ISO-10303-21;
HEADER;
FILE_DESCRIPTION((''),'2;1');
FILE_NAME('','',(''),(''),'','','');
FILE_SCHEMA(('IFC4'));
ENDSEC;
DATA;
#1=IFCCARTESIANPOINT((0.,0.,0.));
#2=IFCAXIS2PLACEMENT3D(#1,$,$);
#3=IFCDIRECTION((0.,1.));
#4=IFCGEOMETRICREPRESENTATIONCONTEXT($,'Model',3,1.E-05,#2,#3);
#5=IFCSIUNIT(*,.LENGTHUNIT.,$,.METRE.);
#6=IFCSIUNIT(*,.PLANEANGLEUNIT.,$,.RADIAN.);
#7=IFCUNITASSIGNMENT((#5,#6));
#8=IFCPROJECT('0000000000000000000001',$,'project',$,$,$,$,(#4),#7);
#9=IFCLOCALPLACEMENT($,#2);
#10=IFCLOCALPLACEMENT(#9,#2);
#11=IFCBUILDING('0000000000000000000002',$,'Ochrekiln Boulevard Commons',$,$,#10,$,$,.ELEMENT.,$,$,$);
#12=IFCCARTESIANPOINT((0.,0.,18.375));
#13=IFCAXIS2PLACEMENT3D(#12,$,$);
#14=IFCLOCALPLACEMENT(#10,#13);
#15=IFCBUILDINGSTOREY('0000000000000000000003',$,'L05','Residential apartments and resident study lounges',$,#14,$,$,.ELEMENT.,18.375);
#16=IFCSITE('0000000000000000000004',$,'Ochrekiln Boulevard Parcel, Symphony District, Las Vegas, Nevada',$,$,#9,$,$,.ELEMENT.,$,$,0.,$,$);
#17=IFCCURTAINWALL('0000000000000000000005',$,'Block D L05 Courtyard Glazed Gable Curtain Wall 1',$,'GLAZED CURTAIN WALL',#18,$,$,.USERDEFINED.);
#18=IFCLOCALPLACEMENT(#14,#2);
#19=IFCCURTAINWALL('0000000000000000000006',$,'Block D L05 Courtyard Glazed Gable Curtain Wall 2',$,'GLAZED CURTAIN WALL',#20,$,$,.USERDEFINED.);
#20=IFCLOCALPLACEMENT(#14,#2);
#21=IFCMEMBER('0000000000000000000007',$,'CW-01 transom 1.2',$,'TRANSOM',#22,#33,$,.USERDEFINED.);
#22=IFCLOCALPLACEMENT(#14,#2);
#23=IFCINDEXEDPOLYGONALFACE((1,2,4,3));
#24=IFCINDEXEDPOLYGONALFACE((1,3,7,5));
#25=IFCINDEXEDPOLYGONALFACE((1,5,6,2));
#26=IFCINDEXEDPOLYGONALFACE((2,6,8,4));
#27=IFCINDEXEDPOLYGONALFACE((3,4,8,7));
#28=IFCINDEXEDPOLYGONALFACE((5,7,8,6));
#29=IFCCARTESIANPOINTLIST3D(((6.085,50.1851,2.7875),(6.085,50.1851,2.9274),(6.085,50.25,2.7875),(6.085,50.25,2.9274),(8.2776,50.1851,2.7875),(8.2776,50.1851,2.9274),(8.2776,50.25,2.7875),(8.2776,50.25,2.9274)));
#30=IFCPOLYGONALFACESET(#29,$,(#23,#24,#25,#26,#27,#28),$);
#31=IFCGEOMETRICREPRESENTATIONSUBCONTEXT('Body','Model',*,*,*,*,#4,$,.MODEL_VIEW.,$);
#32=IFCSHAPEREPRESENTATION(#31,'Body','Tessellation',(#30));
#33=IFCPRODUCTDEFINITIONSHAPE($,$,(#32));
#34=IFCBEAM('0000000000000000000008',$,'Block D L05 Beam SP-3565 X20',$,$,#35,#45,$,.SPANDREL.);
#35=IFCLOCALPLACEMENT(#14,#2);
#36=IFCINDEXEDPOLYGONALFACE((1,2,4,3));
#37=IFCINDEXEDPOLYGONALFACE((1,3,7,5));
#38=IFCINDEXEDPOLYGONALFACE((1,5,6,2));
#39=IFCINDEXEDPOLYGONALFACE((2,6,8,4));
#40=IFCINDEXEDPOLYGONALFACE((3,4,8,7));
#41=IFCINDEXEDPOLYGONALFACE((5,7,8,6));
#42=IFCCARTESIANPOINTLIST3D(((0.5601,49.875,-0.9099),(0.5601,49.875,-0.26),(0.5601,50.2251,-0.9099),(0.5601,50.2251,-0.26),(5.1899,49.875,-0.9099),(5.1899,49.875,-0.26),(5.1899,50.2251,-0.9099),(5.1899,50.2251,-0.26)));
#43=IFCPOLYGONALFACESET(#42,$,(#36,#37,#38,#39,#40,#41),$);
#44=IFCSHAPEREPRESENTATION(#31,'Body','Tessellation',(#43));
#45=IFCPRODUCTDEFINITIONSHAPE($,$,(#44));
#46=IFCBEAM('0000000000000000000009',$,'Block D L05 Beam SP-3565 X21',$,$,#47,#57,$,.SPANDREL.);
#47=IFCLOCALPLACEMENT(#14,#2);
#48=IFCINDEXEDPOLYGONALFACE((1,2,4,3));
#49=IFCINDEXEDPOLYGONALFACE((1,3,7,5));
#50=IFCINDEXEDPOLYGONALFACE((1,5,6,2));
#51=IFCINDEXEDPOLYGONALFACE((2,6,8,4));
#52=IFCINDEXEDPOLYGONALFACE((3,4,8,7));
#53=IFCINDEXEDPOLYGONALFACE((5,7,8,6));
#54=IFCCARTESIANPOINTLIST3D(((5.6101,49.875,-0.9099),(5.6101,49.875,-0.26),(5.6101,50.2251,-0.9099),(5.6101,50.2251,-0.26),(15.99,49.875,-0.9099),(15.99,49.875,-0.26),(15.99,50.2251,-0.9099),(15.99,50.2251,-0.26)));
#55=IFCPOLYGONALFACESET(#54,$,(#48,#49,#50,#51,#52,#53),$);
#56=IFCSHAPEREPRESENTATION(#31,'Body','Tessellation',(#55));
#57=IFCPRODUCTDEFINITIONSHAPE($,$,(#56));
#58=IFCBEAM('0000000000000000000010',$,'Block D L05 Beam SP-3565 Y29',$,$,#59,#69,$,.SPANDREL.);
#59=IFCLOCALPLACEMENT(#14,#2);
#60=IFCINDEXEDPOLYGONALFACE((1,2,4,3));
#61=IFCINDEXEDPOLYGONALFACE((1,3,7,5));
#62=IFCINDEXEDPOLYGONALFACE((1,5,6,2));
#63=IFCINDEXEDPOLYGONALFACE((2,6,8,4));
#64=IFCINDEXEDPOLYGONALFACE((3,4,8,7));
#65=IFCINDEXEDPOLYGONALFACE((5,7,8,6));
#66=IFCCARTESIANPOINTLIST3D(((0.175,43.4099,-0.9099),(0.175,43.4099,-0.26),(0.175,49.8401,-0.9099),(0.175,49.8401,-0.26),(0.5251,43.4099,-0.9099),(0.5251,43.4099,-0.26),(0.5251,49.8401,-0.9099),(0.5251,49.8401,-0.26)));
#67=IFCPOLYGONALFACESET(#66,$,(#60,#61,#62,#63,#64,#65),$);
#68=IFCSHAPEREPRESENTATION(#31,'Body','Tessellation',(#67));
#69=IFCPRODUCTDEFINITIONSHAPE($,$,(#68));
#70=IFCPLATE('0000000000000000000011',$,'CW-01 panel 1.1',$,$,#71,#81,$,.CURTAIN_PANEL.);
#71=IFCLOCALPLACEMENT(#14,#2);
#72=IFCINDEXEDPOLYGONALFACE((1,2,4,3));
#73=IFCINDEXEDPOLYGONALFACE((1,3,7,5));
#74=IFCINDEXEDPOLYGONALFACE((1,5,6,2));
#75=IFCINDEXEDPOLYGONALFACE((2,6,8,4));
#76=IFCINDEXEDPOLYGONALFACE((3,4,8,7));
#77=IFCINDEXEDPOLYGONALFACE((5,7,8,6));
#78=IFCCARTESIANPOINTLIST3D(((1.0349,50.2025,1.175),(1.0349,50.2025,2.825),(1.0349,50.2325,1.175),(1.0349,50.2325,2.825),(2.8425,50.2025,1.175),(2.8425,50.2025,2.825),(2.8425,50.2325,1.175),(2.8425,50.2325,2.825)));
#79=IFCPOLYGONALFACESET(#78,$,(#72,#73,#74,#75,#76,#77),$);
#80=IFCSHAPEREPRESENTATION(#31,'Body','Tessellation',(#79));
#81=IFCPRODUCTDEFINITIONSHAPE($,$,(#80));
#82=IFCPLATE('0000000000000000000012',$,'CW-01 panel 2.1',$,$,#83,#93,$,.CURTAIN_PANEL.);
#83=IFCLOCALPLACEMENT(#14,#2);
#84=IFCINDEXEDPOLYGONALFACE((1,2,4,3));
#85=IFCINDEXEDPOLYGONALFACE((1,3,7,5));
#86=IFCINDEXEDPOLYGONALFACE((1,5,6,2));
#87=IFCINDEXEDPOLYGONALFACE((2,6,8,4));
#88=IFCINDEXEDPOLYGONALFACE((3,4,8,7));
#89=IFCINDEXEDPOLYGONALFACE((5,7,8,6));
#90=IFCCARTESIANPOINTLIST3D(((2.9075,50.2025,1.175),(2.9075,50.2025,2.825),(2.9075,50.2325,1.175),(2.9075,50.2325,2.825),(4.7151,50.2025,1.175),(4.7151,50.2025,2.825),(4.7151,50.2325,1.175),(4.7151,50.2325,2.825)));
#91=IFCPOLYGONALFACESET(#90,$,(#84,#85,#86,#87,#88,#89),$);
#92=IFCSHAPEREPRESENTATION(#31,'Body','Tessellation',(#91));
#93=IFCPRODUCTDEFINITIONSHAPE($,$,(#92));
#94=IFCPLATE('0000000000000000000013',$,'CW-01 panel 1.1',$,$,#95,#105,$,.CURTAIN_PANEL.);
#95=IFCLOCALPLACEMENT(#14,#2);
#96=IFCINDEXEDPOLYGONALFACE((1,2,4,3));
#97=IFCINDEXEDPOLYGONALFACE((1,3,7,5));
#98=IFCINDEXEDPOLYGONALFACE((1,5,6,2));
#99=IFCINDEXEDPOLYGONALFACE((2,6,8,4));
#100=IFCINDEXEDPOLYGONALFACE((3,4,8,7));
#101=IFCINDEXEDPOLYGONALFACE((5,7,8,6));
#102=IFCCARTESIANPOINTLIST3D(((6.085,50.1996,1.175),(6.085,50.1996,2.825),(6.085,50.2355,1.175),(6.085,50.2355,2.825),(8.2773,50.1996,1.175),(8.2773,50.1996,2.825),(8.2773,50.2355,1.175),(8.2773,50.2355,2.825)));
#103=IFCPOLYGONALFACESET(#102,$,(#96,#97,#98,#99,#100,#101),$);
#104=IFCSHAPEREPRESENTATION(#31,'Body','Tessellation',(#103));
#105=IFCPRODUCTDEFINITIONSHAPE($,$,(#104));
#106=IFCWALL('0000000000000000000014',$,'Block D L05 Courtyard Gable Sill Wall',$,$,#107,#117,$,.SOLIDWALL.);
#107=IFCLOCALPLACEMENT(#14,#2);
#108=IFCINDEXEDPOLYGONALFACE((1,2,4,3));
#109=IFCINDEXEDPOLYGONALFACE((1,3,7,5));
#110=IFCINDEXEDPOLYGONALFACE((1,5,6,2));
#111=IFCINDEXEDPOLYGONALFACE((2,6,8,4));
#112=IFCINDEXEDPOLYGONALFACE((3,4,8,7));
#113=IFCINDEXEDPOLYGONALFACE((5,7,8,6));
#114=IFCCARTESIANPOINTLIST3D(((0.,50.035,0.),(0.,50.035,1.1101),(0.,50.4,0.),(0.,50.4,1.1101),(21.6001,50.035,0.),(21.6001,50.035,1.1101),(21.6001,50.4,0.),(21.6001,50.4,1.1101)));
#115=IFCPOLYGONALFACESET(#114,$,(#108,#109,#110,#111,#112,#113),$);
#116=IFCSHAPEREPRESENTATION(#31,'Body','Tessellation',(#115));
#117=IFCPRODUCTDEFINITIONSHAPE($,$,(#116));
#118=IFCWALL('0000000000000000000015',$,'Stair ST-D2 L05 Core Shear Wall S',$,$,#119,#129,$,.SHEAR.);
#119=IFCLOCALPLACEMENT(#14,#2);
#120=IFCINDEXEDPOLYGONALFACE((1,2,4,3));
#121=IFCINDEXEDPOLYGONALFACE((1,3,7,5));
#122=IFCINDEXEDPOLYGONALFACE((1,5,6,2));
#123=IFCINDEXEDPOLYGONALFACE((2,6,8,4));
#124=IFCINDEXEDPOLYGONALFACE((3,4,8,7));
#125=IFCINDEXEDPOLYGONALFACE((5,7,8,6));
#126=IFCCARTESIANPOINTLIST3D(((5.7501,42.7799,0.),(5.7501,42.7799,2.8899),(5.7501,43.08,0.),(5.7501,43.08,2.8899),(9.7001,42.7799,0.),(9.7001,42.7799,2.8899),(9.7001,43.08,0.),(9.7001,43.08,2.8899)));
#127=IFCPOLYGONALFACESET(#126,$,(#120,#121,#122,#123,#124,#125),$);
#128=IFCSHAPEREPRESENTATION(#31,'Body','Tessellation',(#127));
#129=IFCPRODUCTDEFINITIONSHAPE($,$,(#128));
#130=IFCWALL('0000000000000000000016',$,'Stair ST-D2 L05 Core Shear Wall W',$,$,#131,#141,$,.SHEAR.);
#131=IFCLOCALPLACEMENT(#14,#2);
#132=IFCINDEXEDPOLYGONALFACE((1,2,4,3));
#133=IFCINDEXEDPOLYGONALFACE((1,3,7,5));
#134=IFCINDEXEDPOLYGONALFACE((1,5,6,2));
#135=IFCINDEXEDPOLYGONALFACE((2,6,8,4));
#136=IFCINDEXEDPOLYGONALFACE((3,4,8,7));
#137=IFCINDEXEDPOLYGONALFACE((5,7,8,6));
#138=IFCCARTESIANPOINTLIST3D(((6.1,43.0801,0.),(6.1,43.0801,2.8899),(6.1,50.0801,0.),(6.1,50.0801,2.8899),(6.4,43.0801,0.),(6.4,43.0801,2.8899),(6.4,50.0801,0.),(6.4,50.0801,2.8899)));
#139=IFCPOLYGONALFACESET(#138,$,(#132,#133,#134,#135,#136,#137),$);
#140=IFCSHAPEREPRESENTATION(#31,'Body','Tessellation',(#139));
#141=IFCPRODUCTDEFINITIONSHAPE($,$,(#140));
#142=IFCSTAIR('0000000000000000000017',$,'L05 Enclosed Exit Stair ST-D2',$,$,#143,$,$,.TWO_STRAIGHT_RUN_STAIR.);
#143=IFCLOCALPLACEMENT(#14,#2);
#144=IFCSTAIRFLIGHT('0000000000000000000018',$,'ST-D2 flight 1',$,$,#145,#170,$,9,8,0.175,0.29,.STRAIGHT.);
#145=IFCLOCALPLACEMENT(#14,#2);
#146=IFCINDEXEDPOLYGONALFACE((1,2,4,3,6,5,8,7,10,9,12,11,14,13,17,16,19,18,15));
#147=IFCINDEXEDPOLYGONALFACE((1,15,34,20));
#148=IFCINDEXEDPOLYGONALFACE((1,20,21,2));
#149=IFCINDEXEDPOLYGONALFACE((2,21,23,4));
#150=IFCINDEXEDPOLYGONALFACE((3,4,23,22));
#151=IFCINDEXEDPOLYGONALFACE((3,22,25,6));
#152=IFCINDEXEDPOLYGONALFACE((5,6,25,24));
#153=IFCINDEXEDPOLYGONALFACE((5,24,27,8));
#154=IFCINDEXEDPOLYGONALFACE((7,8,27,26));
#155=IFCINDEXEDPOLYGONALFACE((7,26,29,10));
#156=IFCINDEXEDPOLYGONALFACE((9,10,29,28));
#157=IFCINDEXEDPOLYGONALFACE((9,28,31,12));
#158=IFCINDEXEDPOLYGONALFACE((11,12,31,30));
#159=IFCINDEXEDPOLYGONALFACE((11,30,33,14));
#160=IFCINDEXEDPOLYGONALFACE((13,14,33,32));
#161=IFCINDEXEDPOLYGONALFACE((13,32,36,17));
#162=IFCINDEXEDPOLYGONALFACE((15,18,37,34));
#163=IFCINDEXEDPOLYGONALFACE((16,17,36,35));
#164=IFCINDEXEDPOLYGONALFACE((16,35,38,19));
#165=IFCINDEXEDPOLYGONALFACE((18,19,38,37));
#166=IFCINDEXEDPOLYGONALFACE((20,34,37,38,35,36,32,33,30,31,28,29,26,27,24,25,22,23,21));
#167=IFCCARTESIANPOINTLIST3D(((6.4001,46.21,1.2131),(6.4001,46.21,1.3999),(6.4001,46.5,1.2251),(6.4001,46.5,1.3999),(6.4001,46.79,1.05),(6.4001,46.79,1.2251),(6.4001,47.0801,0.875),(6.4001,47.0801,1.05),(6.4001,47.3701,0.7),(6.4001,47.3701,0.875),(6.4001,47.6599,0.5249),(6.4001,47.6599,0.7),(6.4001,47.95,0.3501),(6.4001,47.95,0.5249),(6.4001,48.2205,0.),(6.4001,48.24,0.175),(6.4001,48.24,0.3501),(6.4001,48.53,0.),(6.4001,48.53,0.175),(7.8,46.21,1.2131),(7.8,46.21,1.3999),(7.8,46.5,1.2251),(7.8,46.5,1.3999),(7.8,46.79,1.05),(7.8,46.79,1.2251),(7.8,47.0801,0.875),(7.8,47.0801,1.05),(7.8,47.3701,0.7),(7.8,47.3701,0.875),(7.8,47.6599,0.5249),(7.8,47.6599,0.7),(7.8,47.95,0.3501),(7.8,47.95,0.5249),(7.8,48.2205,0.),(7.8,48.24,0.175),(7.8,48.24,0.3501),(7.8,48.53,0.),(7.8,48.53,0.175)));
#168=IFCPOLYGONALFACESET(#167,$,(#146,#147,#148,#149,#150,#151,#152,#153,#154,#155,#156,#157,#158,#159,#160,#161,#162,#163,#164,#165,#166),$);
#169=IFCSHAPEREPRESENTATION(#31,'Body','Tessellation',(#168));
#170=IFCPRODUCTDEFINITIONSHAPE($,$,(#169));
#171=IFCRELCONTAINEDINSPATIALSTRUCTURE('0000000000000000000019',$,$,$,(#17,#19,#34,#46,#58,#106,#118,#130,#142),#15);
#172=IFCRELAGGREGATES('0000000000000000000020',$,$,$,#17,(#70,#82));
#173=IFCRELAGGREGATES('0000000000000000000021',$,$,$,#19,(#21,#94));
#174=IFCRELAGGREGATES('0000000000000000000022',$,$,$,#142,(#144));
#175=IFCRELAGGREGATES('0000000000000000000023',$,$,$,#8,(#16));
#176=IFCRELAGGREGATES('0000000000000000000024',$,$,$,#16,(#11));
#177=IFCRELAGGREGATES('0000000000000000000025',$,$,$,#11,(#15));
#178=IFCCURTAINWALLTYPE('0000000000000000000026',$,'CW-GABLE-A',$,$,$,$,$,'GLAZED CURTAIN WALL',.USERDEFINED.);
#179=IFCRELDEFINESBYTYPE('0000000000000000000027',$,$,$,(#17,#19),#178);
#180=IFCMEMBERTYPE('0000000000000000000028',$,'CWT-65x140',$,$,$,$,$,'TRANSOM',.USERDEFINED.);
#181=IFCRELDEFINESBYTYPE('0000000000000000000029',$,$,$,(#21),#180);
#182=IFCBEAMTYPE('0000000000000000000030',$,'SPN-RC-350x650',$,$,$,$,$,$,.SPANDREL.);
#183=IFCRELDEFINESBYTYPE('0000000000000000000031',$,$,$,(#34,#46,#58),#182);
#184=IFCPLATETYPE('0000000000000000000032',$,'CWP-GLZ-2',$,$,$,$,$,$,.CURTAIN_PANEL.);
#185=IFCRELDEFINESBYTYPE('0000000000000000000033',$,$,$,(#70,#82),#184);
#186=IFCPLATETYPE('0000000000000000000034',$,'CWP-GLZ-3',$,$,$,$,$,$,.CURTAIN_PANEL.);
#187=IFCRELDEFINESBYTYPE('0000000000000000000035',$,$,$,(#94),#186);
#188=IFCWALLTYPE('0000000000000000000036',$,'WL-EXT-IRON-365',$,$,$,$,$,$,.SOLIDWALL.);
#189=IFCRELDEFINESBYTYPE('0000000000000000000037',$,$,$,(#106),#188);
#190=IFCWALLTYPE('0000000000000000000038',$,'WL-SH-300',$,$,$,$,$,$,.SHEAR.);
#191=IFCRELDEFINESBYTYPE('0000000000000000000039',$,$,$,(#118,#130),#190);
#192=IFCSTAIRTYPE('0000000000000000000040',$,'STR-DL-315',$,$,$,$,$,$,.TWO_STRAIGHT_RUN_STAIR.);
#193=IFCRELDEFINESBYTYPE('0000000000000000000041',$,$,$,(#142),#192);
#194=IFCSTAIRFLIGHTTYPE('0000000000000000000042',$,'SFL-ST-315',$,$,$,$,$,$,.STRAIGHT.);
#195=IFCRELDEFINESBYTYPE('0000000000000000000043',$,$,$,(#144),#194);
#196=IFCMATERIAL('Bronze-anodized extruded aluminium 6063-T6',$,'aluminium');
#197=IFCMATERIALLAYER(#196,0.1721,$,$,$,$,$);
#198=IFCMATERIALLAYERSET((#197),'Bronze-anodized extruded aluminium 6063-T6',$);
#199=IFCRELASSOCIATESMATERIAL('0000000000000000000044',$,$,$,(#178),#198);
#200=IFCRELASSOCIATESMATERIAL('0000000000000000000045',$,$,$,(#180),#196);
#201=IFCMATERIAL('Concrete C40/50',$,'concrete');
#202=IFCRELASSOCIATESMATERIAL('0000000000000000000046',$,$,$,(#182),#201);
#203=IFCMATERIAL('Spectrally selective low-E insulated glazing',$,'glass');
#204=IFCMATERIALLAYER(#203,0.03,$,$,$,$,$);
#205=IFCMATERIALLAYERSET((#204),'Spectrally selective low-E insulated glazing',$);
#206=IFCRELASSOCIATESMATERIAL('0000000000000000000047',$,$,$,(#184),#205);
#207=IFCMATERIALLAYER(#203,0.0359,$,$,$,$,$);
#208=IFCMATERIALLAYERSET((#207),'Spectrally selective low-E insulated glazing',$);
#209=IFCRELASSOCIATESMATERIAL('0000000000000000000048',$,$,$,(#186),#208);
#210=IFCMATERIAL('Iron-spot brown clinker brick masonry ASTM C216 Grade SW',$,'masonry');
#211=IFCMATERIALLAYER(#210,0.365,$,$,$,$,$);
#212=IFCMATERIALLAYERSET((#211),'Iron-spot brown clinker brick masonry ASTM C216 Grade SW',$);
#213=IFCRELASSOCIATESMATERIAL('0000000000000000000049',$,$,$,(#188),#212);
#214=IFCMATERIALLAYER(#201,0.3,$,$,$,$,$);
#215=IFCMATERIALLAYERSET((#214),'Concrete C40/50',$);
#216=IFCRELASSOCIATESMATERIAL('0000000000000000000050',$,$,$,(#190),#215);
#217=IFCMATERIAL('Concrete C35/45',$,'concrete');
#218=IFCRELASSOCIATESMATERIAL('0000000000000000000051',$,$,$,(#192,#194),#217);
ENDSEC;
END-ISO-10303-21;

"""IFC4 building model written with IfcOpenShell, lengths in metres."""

from ifc_helpers import new_model, si_unit, direction, frame, frame_2d, origin, origin_2d, place, context, subcontext, project, spatial, polyline, rectangle, outline, extrude, material, layer, layer_set, material_profile, profile_set, type_object, element, aggregate, save


model = new_model("IFC4")

# Units and contexts
model_context = context("Model", 3, precision=1e-05, world=origin(), true_north=direction((0.0, 1.0)))
body_context = subcontext(model_context, "Body", "Model", "MODEL_VIEW")
ifc_project = project(units=[si_unit("LENGTHUNIT", "METRE"), si_unit("PLANEANGLEUNIT", "RADIAN")], contexts=[model_context])

# Site, building, storey
site_placement = place(None, origin())
site = spatial("IfcSite", under=ifc_project, at=site_placement, Name="Ochrekiln Boulevard Parcel, Symphony District, Las Vegas, Nevada", CompositionType="ELEMENT", RefElevation=0.0)
building_placement = place(site_placement, origin())
building = spatial("IfcBuilding", under=site, at=building_placement, Name="Ochrekiln Boulevard Commons", CompositionType="ELEMENT")
storey_placement = place(building_placement, frame((0.0, 0.0, 18.375)))
storey = spatial("IfcBuildingStorey", under=building, at=storey_placement, Name="L05", Description="Residential apartments and resident study lounges", CompositionType="ELEMENT", Elevation=18.375)

# Shared definitions
ifc_material_1 = material(Name="Concrete C40/50", Category="concrete")

# Shared definitions
ifc_material_2 = material(Name="Concrete C35/45", Category="concrete")

# Curtain wall
ifc_material_3 = material(Name="Bronze-anodized extruded aluminium 6063-T6", Category="aluminium")
ifc_layer_1 = layer(ifc_material_3, 0.1721)
ifc_layer_set_1 = layer_set([ifc_layer_1], Name="Bronze-anodized extruded aluminium 6063-T6")
curtain_wall_type = type_object("IfcCurtainWallType", Name="CW-GABLE-A", ElementType="GLAZED CURTAIN WALL", PredefinedType="USERDEFINED", material=ifc_layer_set_1)
curtain_wall_1_placement = place(storey_placement, origin())
curtain_wall_1 = element("IfcCurtainWall", 1, at=curtain_wall_1_placement, inside=storey, type_object=curtain_wall_type, Name="Block D L05 Courtyard Glazed Gable Curtain Wall 1", ObjectType="GLAZED CURTAIN WALL", PredefinedType="USERDEFINED")

# Curtain wall
curtain_wall_2_placement = place(storey_placement, origin())
curtain_wall_2 = element("IfcCurtainWall", 2, at=curtain_wall_2_placement, inside=storey, type_object=curtain_wall_type, Name="Block D L05 Courtyard Glazed Gable Curtain Wall 2", ObjectType="GLAZED CURTAIN WALL", PredefinedType="USERDEFINED")

# Member
ifc_material_profile_1 = material_profile(ifc_material_3, rectangle(XDim=0.0649, YDim=0.1399, at=origin_2d()), Name="ALU-TRN-65x140")
ifc_profile_set_1 = profile_set([ifc_material_profile_1], Name="Bronze-anodized extruded aluminium 6063-T6")
member_type_1 = type_object("IfcMemberType", Name="CWT-65x140", ElementType="TRANSOM", PredefinedType="USERDEFINED", material=ifc_profile_set_1)
member_1_placement = place(storey_placement, frame((6.085, 50.2175, 2.8574), z_axis=(1.0, 0.0, 0.0), x_axis=(0.0, 1.0, 0.0)))
member_1 = element("IfcMember", 3, at=member_1_placement, type_object=member_type_1, Name="CW-01 transom 1.2", ObjectType="TRANSOM", PredefinedType="USERDEFINED", context=body_context, shape_type="SweptSolid", body=[
    extrude(rectangle(XDim=0.0649, YDim=0.1399, at=origin_2d()), origin(), (0.0, 0.0, 1.0), 2.1926),
])

# Beams
ifc_material_profile_2 = material_profile(ifc_material_1, rectangle(XDim=0.3501, YDim=0.6499, at=origin_2d()), Name="RC-SPN-350x650")
ifc_profile_set_2 = profile_set([ifc_material_profile_2], Name="Concrete C40/50")
beam_type_1 = type_object("IfcBeamType", Name="SPN-RC-350x650", PredefinedType="SPANDREL", material=ifc_profile_set_2)
beam_1_placement = place(storey_placement, frame((0.5601, 50.05, -0.585), z_axis=(1.0, 0.0, 0.0), x_axis=(0.0, 1.0, 0.0)))
element("IfcBeam", 4, at=beam_1_placement, inside=storey, type_object=beam_type_1, Name="Block D L05 Beam SP-3565 X20", PredefinedType="SPANDREL", context=body_context, shape_type="SweptSolid", body=[
    extrude(rectangle(XDim=0.3501, YDim=0.6499, at=origin_2d()), origin(), (0.0, 0.0, 1.0), 4.6299),
])
beam_2_placement = place(storey_placement, frame((5.6101, 50.05, -0.585), z_axis=(1.0, 0.0, 0.0), x_axis=(0.0, 1.0, 0.0)))
element("IfcBeam", 5, at=beam_2_placement, inside=storey, type_object=beam_type_1, Name="Block D L05 Beam SP-3565 X21", PredefinedType="SPANDREL", context=body_context, shape_type="SweptSolid", body=[
    extrude(rectangle(XDim=0.3501, YDim=0.6499, at=origin_2d()), origin(), (0.0, 0.0, 1.0), 10.3799),
])
beam_3_placement = place(storey_placement, frame((0.3501, 43.4099, -0.585), z_axis=(0.0, 1.0, 0.0), x_axis=(-1.0, 0.0, 0.0)))
element("IfcBeam", 6, at=beam_3_placement, inside=storey, type_object=beam_type_1, Name="Block D L05 Beam SP-3565 Y29", PredefinedType="SPANDREL", context=body_context, shape_type="SweptSolid", body=[
    extrude(rectangle(XDim=0.3501, YDim=0.6499, at=origin_2d()), origin(), (0.0, 0.0, 1.0), 6.4302),
])

# Plates
ifc_material_4 = material(Name="Spectrally selective low-E insulated glazing", Category="glass")
ifc_layer_2 = layer(ifc_material_4, 0.03)
ifc_layer_set_2 = layer_set([ifc_layer_2], Name="Spectrally selective low-E insulated glazing")
plate_type_1 = type_object("IfcPlateType", Name="CWP-GLZ-2", PredefinedType="CURTAIN_PANEL", material=ifc_layer_set_2)
plate_1_placement = place(storey_placement, frame((1.9387, 50.2175, 1.175), z_axis=(0.0, 0.0, 1.0), x_axis=(1.0, 0.0, 0.0)))
plate_1 = element("IfcPlate", 7, at=plate_1_placement, type_object=plate_type_1, Name="CW-01 panel 1.1", PredefinedType="CURTAIN_PANEL", context=body_context, shape_type="SweptSolid", body=[
    extrude(rectangle(XDim=1.8076, YDim=0.03, at=origin_2d()), origin(), (0.0, 0.0, 1.0), 1.6499),
])
plate_2_placement = place(storey_placement, frame((3.8113, 50.2175, 1.175), z_axis=(0.0, 0.0, 1.0), x_axis=(1.0, 0.0, 0.0)))
plate_2 = element("IfcPlate", 8, at=plate_2_placement, type_object=plate_type_1, Name="CW-01 panel 2.1", PredefinedType="CURTAIN_PANEL", context=body_context, shape_type="SweptSolid", body=[
    extrude(rectangle(XDim=1.8076, YDim=0.03, at=origin_2d()), origin(), (0.0, 0.0, 1.0), 1.6499),
])
aggregate(curtain_wall_1, [plate_1, plate_2])
ifc_layer_3 = layer(ifc_material_4, 0.0359)
ifc_layer_set_3 = layer_set([ifc_layer_3], Name="Spectrally selective low-E insulated glazing")
plate_type_2 = type_object("IfcPlateType", Name="CWP-GLZ-3", PredefinedType="CURTAIN_PANEL", material=ifc_layer_set_3)
plate_3_placement = place(storey_placement, frame((7.1812, 50.2175, 1.175), z_axis=(0.0, 0.0, 1.0), x_axis=(1.0, 0.0, 0.0)))
plate_3 = element("IfcPlate", 9, at=plate_3_placement, type_object=plate_type_2, Name="CW-01 panel 1.1", PredefinedType="CURTAIN_PANEL", context=body_context, shape_type="SweptSolid", body=[
    extrude(rectangle(XDim=2.1924, YDim=0.0359, at=origin_2d()), origin(), (0.0, 0.0, 1.0), 1.6499),
])
aggregate(curtain_wall_2, [member_1, plate_3])

# Walls
ifc_material_5 = material(Name="Iron-spot brown clinker brick masonry ASTM C216 Grade SW", Category="masonry")
ifc_layer_4 = layer(ifc_material_5, 0.365)
ifc_layer_set_4 = layer_set([ifc_layer_4], Name="Iron-spot brown clinker brick masonry ASTM C216 Grade SW")
wall_type_1 = type_object("IfcWallType", Name="WL-EXT-IRON-365", PredefinedType="SOLIDWALL", material=ifc_layer_set_4)
wall_1_placement = place(storey_placement, frame((0.0, 50.2175, 0.0), z_axis=(0.0, 0.0, 1.0), x_axis=(1.0, 0.0, 0.0)))
element("IfcWall", 10, at=wall_1_placement, inside=storey, type_object=wall_type_1, Name="Block D L05 Courtyard Gable Sill Wall", PredefinedType="SOLIDWALL", context=body_context, shape_type="SweptSolid", body=[
    extrude(rectangle(XDim=21.6001, YDim=0.365, at=frame_2d((10.8, 0.0))), origin(), (0.0, 0.0, 1.0), 1.1101),
])
ifc_layer_5 = layer(ifc_material_1, 0.3)
ifc_layer_set_5 = layer_set([ifc_layer_5], Name="Concrete C40/50")
wall_type_2 = type_object("IfcWallType", Name="WL-SH-300", PredefinedType="SHEAR", material=ifc_layer_set_5)
wall_2_placement = place(storey_placement, frame((5.75, 42.9299, 0.0), z_axis=(0.0, 0.0, 1.0), x_axis=(1.0, 0.0, 0.0)))
element("IfcWall", 11, at=wall_2_placement, inside=storey, type_object=wall_type_2, Name="Stair ST-D2 L05 Core Shear Wall S", PredefinedType="SHEAR", context=body_context, shape_type="SweptSolid", body=[
    extrude(rectangle(XDim=3.95, YDim=0.3, at=frame_2d((1.9751, 0.0))), origin(), (0.0, 0.0, 1.0), 2.8899),
])
wall_3_placement = place(storey_placement, frame((6.25, 43.0801, 0.0), z_axis=(0.0, 0.0, 1.0), x_axis=(0.0, 1.0, 0.0)))
element("IfcWall", 12, at=wall_3_placement, inside=storey, type_object=wall_type_2, Name="Stair ST-D2 L05 Core Shear Wall W", PredefinedType="SHEAR", context=body_context, shape_type="SweptSolid", body=[
    extrude(rectangle(XDim=7.0, YDim=0.3, at=frame_2d((3.5, 0.0))), origin(), (0.0, 0.0, 1.0), 2.8899),
])

# Stair, stair flight
stair_type = type_object("IfcStairType", Name="STR-DL-315", PredefinedType="TWO_STRAIGHT_RUN_STAIR", material=ifc_material_2)
stair_placement = place(storey_placement, origin())
stair = element("IfcStair", 13, at=stair_placement, inside=storey, type_object=stair_type, Name="L05 Enclosed Exit Stair ST-D2", PredefinedType="TWO_STRAIGHT_RUN_STAIR")
stair_flight_type = type_object("IfcStairFlightType", Name="SFL-ST-315", PredefinedType="STRAIGHT", material=ifc_material_2)
stair_flight_placement = place(storey_placement, frame((7.1001, 48.53, 0.0), z_axis=(0.0, 0.0, 1.0), x_axis=(0.0, -1.0, 0.0)))
stair_flight = element("IfcStairFlight", 14, at=stair_flight_placement, type_object=stair_flight_type, Name="ST-D2 flight 1", NumberOfRisers=9, NumberOfTreads=8, PredefinedType="STRAIGHT", RiserHeight=0.175, TreadLength=0.29, context=body_context, shape_type="SweptSolid", body=[
    extrude(outline(polyline([(0.0, 0.0), (0.0, 0.175), (0.29, 0.175), (0.29, 0.3501), (0.5801, 0.3501), (0.5801, 0.5249), (0.8701, 0.5249), (0.8701, 0.7), (1.1599, 0.7), (1.1599, 0.875), (1.45, 0.875), (1.45, 1.05), (1.74, 1.05), (1.74, 1.2251), (2.03, 1.2251), (2.03, 1.3999), (2.3201, 1.3999), (2.3201, 1.575), (2.3201, 1.2131), (0.3096, 0.0), (0.0, 0.0)])), frame((0.0, 0.7, 0.0), z_axis=(0.0, -1.0, 0.0), x_axis=(1.0, 0.0, 0.0)), (0.0, 0.0, 1.0), 1.3999),
])
aggregate(stair, [stair_flight])

save(model, "model.ifc")
